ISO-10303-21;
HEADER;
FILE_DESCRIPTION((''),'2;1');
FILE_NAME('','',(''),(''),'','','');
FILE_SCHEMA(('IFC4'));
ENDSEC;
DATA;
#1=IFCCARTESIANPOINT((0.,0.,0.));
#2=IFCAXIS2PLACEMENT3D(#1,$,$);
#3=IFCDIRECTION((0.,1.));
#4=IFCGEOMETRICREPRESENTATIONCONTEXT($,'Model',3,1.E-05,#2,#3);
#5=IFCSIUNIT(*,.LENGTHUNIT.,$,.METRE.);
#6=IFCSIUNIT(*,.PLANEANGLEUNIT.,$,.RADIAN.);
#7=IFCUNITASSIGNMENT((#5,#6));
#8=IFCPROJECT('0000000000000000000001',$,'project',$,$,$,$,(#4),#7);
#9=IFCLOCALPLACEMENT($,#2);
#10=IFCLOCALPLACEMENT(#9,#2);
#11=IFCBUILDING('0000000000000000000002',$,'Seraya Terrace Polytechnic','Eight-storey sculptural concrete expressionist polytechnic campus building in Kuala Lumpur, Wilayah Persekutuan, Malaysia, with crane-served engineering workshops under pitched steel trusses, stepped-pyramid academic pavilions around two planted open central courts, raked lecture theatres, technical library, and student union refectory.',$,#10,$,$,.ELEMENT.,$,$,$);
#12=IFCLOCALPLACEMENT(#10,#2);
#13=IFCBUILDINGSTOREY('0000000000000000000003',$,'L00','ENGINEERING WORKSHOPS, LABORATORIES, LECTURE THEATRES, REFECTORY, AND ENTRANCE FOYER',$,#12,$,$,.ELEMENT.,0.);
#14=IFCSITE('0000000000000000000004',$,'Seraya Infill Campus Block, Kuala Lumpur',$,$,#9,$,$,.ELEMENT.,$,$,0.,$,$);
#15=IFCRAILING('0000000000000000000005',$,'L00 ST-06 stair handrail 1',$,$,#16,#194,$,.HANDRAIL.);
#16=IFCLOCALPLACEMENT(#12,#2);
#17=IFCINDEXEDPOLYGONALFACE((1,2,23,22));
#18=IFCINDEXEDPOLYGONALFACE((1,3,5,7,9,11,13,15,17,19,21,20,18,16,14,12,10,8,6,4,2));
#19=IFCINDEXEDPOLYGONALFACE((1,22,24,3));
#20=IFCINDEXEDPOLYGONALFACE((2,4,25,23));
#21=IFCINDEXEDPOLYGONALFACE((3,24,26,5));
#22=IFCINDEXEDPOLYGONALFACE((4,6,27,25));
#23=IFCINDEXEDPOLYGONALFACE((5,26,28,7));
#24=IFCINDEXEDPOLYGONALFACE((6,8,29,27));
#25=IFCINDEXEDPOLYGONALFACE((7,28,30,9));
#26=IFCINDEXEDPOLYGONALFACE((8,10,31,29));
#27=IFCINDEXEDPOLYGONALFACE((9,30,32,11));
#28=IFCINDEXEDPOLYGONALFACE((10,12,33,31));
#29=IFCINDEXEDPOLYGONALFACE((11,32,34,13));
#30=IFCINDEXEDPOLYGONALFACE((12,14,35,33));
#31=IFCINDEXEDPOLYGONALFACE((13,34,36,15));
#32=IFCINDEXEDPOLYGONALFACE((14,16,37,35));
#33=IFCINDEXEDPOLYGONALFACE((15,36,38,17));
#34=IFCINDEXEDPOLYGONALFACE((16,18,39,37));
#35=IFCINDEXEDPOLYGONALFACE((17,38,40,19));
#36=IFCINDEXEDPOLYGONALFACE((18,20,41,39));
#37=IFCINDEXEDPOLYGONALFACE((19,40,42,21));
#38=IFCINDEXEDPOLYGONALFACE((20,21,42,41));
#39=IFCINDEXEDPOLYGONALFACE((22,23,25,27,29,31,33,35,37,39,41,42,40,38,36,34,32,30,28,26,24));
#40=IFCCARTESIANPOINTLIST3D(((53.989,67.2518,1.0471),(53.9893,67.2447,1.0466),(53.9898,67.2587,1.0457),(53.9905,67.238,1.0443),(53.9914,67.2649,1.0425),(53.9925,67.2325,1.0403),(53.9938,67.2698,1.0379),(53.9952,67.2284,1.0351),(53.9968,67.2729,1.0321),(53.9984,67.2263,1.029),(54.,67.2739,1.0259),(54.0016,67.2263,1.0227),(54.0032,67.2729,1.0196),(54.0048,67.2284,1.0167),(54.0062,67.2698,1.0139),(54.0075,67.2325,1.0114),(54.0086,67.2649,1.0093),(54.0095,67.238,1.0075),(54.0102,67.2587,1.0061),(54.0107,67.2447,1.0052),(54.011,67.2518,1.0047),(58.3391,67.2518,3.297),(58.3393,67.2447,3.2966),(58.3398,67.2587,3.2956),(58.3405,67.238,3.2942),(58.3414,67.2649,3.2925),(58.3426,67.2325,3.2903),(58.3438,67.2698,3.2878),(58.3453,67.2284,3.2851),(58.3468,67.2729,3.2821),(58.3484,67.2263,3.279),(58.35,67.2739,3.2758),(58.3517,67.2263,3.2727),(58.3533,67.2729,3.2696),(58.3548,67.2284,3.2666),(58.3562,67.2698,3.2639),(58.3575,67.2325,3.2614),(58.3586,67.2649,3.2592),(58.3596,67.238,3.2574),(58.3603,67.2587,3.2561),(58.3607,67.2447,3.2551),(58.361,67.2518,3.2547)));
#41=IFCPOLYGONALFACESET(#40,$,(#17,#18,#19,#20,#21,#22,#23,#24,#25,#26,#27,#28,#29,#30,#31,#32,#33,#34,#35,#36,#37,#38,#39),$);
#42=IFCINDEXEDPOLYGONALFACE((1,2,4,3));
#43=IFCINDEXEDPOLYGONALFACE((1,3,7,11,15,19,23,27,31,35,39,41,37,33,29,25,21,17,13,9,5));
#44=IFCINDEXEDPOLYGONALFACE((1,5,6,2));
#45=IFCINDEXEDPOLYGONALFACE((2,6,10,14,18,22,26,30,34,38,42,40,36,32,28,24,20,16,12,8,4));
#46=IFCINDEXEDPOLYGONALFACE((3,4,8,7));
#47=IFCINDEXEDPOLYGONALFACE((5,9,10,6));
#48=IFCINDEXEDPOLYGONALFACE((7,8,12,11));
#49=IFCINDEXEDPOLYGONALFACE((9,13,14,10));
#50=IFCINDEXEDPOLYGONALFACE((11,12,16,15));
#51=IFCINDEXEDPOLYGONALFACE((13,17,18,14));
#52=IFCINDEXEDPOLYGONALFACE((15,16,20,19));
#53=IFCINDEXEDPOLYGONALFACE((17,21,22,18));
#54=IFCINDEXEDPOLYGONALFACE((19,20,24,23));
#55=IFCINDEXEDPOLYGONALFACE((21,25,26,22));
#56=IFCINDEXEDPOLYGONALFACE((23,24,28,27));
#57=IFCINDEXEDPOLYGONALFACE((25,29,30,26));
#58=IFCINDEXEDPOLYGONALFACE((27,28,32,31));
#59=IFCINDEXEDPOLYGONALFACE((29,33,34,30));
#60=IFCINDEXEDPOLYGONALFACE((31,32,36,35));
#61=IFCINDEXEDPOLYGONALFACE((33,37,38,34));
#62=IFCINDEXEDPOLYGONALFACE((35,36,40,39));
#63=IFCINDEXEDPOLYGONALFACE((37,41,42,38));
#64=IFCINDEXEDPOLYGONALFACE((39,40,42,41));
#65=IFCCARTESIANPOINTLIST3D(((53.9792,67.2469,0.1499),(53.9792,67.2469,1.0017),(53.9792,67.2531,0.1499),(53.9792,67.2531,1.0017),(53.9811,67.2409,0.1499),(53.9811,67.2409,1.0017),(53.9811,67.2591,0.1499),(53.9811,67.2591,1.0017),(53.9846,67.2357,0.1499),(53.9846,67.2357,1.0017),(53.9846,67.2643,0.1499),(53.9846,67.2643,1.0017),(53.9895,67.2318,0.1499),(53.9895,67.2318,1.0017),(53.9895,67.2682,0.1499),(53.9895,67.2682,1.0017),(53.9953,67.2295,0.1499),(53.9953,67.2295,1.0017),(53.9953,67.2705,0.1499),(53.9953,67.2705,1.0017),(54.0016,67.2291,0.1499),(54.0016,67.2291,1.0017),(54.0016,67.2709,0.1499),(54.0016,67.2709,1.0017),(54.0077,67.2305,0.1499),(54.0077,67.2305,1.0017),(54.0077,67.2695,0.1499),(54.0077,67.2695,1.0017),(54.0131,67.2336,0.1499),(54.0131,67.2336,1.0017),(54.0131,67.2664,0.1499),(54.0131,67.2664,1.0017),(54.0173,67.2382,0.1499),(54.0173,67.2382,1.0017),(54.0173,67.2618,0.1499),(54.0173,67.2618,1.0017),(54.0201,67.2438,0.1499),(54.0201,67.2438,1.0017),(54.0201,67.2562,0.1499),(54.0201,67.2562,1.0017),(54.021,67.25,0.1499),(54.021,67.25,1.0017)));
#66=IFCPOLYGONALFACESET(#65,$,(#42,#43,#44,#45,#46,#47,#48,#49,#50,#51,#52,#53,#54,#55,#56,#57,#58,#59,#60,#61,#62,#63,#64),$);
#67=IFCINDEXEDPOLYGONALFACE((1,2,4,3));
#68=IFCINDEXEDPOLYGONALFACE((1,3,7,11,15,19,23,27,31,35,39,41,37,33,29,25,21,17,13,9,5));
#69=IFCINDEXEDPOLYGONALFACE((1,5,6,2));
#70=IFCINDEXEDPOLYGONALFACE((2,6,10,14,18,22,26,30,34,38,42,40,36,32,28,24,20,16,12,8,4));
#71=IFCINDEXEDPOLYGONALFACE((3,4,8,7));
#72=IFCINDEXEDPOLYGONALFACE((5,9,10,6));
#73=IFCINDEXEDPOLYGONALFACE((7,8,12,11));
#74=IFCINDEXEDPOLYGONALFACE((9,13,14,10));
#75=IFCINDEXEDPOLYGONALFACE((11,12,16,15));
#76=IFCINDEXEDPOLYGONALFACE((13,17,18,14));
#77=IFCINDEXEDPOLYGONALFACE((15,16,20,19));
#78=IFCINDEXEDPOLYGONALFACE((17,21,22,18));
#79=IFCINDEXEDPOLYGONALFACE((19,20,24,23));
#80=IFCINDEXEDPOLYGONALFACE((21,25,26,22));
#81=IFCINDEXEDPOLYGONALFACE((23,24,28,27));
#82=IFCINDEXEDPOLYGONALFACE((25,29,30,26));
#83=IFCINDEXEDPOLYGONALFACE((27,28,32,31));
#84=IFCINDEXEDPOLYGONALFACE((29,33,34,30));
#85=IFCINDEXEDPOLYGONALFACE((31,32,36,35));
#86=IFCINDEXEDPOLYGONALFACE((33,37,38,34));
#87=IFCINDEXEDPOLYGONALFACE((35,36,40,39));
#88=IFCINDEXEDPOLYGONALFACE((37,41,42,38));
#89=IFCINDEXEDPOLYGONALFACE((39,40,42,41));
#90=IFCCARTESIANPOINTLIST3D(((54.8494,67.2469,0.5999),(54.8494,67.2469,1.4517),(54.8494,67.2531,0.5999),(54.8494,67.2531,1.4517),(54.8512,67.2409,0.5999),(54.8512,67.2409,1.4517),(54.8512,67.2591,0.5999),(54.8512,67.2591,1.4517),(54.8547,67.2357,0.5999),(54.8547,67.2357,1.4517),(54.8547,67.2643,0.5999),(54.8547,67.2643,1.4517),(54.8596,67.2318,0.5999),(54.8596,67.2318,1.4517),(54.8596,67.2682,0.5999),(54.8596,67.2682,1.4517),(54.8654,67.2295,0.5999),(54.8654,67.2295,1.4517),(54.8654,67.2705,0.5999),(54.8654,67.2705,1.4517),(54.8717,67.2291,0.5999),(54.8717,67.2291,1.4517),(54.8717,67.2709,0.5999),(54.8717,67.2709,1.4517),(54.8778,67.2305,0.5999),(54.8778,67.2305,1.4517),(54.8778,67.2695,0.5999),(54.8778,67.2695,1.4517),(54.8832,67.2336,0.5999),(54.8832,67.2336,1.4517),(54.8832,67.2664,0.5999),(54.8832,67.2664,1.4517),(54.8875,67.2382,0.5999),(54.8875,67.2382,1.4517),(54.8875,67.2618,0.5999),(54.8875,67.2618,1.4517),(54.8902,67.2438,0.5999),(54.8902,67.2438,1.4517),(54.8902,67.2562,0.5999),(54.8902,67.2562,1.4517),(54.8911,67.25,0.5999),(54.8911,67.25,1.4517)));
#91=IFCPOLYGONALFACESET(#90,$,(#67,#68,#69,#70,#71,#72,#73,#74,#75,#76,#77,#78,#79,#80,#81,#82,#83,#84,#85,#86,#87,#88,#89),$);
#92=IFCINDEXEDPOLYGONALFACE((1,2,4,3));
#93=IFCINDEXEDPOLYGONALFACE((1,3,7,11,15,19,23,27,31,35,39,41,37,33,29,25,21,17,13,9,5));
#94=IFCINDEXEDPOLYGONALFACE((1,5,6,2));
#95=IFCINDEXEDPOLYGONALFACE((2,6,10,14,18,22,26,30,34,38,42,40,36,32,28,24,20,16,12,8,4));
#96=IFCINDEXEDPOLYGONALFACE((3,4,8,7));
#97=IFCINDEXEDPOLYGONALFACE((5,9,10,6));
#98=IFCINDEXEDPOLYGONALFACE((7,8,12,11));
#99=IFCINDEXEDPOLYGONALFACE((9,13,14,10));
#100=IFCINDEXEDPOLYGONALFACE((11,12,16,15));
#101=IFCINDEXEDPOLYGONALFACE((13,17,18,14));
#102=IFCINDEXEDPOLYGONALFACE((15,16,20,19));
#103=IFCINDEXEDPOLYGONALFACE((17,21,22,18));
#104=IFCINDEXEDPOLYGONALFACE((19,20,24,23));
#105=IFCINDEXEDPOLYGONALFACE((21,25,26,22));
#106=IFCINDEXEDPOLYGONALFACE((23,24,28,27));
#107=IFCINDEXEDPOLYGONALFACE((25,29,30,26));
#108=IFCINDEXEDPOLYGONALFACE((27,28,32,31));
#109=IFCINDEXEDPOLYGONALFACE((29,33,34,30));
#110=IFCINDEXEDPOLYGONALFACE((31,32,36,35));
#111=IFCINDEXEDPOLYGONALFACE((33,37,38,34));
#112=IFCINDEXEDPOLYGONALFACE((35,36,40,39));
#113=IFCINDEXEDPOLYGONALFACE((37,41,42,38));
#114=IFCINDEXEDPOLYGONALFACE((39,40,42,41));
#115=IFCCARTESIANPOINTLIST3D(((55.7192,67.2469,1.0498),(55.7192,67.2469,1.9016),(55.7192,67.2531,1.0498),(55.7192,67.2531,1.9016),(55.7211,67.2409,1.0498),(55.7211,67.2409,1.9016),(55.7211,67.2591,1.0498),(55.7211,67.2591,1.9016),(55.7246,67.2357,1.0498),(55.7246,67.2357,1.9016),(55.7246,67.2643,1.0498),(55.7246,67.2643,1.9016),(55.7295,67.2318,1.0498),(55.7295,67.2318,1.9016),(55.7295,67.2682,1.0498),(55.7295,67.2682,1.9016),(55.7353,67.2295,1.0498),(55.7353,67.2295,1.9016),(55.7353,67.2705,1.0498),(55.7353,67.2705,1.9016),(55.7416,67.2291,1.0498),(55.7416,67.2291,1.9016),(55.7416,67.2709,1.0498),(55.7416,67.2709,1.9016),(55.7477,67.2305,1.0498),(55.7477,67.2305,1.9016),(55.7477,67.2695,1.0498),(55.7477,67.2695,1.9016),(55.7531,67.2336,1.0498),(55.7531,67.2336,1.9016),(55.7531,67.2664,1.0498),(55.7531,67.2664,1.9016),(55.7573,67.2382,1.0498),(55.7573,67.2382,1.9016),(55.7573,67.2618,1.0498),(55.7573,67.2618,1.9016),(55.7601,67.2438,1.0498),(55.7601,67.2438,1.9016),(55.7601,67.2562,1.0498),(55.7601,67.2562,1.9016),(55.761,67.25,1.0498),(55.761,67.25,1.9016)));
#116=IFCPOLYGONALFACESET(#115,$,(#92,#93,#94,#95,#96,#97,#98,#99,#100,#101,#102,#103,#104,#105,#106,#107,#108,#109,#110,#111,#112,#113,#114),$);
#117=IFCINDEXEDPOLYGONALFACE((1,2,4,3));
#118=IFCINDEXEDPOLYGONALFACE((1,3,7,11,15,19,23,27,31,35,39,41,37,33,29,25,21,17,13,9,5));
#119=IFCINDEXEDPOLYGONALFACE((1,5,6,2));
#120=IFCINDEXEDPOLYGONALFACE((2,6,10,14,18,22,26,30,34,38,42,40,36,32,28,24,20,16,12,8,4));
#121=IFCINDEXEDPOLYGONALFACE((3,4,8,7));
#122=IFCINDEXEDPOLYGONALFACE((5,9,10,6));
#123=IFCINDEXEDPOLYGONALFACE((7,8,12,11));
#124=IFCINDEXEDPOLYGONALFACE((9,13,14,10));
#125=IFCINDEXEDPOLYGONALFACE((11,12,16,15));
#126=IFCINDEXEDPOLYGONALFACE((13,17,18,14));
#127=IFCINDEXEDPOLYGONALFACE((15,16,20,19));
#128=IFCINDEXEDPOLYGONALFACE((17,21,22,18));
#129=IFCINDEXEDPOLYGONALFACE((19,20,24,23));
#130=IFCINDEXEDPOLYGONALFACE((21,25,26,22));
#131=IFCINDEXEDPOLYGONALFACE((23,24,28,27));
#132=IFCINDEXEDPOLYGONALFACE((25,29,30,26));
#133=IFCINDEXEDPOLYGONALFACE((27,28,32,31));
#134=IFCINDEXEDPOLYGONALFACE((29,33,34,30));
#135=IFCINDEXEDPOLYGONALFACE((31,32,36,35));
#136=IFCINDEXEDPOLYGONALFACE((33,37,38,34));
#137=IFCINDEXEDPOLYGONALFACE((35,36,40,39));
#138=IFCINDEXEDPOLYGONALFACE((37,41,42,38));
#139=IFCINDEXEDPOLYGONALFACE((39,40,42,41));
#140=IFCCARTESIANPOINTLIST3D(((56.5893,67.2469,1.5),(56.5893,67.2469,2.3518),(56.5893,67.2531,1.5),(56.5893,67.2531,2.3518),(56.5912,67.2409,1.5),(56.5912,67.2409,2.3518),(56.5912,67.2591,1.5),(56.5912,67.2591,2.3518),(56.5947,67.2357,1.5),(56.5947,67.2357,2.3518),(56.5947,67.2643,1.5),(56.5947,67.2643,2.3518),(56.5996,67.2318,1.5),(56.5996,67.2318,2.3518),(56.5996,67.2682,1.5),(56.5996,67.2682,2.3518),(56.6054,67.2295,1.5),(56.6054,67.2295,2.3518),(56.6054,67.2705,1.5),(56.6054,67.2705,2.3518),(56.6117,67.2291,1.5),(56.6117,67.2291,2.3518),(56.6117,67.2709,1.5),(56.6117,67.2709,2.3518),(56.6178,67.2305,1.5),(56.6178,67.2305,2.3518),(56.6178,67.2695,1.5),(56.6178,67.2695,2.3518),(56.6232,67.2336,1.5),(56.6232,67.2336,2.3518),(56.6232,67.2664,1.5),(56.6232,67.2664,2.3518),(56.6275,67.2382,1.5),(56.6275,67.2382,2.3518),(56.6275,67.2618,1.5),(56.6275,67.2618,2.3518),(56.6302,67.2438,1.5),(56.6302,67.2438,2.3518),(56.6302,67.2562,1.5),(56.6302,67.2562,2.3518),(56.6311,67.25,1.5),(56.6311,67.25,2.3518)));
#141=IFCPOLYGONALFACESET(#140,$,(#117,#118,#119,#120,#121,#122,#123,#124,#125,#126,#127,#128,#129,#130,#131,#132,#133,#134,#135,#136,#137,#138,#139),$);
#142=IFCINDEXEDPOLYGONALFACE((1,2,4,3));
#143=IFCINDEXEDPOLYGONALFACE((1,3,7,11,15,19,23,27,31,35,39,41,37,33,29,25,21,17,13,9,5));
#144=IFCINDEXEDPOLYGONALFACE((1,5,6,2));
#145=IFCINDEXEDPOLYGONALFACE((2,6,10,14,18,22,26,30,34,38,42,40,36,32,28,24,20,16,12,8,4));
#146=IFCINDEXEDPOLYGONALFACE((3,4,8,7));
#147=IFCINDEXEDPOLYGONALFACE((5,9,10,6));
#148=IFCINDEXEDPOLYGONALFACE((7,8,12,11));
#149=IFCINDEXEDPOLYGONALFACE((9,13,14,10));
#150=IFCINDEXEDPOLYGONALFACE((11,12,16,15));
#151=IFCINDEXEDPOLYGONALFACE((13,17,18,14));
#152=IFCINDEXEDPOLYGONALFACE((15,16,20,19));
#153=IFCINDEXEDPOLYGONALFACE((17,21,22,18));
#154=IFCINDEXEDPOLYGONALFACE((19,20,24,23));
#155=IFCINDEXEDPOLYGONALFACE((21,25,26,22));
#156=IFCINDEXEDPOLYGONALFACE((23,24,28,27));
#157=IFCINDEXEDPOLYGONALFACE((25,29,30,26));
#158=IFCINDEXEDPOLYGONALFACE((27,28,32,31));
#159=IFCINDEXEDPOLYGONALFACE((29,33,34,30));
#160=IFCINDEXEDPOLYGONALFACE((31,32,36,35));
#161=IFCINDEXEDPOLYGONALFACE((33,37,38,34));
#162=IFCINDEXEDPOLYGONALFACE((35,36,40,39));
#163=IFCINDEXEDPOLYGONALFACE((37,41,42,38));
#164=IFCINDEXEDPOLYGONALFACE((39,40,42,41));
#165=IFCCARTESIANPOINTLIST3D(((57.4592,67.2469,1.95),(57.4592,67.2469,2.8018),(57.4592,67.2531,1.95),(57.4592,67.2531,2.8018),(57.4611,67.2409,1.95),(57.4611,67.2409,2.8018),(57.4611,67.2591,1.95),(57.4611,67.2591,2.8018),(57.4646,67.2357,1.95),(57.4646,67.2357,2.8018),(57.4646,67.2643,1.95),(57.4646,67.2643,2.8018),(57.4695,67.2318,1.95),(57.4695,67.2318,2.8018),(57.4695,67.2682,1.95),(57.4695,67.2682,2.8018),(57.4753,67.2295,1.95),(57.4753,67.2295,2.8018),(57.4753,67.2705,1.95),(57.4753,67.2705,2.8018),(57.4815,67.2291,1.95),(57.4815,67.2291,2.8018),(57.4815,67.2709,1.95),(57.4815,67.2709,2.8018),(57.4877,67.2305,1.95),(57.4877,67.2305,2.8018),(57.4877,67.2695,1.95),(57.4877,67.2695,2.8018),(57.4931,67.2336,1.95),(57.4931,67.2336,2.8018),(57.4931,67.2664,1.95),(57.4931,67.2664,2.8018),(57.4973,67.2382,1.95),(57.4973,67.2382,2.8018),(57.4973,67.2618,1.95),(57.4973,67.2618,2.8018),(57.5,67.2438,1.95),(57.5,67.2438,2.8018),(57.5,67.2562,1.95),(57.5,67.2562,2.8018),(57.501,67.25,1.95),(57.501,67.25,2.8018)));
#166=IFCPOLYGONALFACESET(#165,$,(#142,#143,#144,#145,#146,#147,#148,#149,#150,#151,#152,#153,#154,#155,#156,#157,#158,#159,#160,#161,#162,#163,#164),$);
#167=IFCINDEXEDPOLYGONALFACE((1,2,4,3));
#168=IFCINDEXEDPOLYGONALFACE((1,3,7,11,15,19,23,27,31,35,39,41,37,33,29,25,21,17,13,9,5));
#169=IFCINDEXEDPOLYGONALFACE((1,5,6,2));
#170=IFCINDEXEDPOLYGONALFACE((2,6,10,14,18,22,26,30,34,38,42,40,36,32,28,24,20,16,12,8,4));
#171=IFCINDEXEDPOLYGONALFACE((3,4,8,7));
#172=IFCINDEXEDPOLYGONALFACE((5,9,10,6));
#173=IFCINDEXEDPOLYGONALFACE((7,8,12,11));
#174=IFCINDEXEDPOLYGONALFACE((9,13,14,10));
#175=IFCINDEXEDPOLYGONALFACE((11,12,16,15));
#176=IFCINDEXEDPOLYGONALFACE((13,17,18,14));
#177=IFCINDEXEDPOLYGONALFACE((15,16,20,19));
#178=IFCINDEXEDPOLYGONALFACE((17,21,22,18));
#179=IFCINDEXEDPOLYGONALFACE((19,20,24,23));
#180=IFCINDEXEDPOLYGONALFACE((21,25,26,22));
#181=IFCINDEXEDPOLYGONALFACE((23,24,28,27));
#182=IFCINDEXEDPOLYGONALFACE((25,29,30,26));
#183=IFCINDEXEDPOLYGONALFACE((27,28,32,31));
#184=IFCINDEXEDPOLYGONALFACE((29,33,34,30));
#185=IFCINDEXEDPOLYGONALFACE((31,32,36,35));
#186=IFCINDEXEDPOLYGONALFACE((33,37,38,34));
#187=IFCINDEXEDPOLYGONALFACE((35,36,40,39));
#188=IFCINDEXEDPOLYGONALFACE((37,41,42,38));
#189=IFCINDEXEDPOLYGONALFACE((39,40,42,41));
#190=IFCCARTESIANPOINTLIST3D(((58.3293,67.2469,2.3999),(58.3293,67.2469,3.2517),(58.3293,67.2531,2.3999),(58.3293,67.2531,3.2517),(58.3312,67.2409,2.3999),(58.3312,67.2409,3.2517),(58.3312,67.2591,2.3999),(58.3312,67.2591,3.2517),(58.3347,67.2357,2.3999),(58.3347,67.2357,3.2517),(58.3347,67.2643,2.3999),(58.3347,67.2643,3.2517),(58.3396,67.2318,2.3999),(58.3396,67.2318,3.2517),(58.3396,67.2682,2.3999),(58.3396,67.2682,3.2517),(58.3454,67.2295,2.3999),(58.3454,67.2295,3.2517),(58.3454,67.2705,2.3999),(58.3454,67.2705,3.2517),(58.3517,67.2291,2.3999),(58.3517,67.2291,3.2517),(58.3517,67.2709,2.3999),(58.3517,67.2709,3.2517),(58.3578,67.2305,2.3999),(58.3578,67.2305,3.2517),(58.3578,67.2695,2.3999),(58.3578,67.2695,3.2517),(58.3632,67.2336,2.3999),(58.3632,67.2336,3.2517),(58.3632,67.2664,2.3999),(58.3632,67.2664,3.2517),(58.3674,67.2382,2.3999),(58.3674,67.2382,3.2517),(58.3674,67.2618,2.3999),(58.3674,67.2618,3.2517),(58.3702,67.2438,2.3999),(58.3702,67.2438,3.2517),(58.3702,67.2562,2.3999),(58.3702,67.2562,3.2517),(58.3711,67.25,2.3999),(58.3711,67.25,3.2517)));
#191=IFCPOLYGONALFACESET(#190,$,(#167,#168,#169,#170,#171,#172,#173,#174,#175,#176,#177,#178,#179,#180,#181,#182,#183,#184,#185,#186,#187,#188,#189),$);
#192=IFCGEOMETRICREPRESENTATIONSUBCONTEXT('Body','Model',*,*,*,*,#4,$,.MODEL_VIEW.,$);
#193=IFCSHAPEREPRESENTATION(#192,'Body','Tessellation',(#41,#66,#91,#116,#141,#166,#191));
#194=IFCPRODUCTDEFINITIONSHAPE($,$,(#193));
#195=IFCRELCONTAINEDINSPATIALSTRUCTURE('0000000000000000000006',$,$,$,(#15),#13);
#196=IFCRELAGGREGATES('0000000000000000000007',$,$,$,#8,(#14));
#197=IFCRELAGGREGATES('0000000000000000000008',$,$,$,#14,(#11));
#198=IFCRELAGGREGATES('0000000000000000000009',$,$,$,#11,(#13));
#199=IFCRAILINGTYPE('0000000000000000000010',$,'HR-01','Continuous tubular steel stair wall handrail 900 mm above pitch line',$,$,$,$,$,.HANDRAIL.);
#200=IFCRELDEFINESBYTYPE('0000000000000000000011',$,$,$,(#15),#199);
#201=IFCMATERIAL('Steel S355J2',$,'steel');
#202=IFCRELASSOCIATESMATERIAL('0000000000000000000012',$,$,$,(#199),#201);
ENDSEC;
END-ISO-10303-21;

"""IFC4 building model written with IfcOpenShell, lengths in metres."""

from ifc_helpers import new_model, si_unit, direction, frame, origin, origin_2d, place, context, subcontext, project, spatial, circle, extrude, material, type_object, element, save


model = new_model("IFC4")

# Units and contexts
model_context = context("Model", 3, precision=1e-05, world=origin(), true_north=direction((0.0, 1.0)))
body_context = subcontext(model_context, "Body", "Model", "MODEL_VIEW")
ifc_project = project(units=[si_unit("LENGTHUNIT", "METRE"), si_unit("PLANEANGLEUNIT", "RADIAN")], contexts=[model_context])

# Site, building, storey
site_placement = place(None, origin())
site = spatial("IfcSite", under=ifc_project, at=site_placement, Name="Seraya Infill Campus Block, Kuala Lumpur", CompositionType="ELEMENT", RefElevation=0.0)
building_placement = place(site_placement, origin())
building = spatial("IfcBuilding", under=site, at=building_placement, Name="Seraya Terrace Polytechnic", Description="Eight-storey sculptural concrete expressionist polytechnic campus building in Kuala Lumpur, Wilayah Persekutuan, Malaysia, with crane-served engineering workshops under pitched steel trusses, stepped-pyramid academic pavilions around two planted open central courts, raked lecture theatres, technical library, and student union refectory.", CompositionType="ELEMENT")
storey_placement = place(building_placement, origin())
storey = spatial("IfcBuildingStorey", under=building, at=storey_placement, Name="L00", Description="ENGINEERING WORKSHOPS, LABORATORIES, LECTURE THEATRES, REFECTORY, AND ENTRANCE FOYER", CompositionType="ELEMENT", Elevation=0.0)

# Shared definitions
ifc_material_1 = material(Name="Steel S355J2", Category="steel")

# Railing
railing_type_1 = type_object("IfcRailingType", Name="HR-01", Description="Continuous tubular steel stair wall handrail 900 mm above pitch line", PredefinedType="HANDRAIL", material=ifc_material_1)
railing_1_placement = place(storey_placement, frame((54.0, 67.25, 0.1499)))
element("IfcRailing", 1, at=railing_1_placement, inside=storey, type_object=railing_type_1, Name="L00 ST-06 stair handrail 1", PredefinedType="HANDRAIL", context=body_context, shape_type="SweptSolid", body=[
    extrude(circle(Radius=0.0239, at=origin_2d()), frame((0.0, 0.0, 0.876), z_axis=(0.888222, 0.0, 0.459415), x_axis=(0.0, 1.0, 0.0)), (0.0, 0.0, 1.0), 4.8975),
    extrude(circle(Radius=0.021, at=origin_2d()), origin(), (0.0, 0.0, 1.0), 0.8518),
    extrude(circle(Radius=0.021, at=origin_2d()), frame((0.8701, 0.0, 0.45)), (0.0, 0.0, 1.0), 0.8518),
    extrude(circle(Radius=0.021, at=origin_2d()), frame((1.74, 0.0, 0.8999)), (0.0, 0.0, 1.0), 0.8518),
    extrude(circle(Radius=0.021, at=origin_2d()), frame((2.6101, 0.0, 1.3501)), (0.0, 0.0, 1.0), 0.8518),
    extrude(circle(Radius=0.021, at=origin_2d()), frame((3.48, 0.0, 1.8)), (0.0, 0.0, 1.0), 0.8518),
    extrude(circle(Radius=0.021, at=origin_2d()), frame((4.3501, 0.0, 2.25)), (0.0, 0.0, 1.0), 0.8518),
])

save(model, "model.ifc")
